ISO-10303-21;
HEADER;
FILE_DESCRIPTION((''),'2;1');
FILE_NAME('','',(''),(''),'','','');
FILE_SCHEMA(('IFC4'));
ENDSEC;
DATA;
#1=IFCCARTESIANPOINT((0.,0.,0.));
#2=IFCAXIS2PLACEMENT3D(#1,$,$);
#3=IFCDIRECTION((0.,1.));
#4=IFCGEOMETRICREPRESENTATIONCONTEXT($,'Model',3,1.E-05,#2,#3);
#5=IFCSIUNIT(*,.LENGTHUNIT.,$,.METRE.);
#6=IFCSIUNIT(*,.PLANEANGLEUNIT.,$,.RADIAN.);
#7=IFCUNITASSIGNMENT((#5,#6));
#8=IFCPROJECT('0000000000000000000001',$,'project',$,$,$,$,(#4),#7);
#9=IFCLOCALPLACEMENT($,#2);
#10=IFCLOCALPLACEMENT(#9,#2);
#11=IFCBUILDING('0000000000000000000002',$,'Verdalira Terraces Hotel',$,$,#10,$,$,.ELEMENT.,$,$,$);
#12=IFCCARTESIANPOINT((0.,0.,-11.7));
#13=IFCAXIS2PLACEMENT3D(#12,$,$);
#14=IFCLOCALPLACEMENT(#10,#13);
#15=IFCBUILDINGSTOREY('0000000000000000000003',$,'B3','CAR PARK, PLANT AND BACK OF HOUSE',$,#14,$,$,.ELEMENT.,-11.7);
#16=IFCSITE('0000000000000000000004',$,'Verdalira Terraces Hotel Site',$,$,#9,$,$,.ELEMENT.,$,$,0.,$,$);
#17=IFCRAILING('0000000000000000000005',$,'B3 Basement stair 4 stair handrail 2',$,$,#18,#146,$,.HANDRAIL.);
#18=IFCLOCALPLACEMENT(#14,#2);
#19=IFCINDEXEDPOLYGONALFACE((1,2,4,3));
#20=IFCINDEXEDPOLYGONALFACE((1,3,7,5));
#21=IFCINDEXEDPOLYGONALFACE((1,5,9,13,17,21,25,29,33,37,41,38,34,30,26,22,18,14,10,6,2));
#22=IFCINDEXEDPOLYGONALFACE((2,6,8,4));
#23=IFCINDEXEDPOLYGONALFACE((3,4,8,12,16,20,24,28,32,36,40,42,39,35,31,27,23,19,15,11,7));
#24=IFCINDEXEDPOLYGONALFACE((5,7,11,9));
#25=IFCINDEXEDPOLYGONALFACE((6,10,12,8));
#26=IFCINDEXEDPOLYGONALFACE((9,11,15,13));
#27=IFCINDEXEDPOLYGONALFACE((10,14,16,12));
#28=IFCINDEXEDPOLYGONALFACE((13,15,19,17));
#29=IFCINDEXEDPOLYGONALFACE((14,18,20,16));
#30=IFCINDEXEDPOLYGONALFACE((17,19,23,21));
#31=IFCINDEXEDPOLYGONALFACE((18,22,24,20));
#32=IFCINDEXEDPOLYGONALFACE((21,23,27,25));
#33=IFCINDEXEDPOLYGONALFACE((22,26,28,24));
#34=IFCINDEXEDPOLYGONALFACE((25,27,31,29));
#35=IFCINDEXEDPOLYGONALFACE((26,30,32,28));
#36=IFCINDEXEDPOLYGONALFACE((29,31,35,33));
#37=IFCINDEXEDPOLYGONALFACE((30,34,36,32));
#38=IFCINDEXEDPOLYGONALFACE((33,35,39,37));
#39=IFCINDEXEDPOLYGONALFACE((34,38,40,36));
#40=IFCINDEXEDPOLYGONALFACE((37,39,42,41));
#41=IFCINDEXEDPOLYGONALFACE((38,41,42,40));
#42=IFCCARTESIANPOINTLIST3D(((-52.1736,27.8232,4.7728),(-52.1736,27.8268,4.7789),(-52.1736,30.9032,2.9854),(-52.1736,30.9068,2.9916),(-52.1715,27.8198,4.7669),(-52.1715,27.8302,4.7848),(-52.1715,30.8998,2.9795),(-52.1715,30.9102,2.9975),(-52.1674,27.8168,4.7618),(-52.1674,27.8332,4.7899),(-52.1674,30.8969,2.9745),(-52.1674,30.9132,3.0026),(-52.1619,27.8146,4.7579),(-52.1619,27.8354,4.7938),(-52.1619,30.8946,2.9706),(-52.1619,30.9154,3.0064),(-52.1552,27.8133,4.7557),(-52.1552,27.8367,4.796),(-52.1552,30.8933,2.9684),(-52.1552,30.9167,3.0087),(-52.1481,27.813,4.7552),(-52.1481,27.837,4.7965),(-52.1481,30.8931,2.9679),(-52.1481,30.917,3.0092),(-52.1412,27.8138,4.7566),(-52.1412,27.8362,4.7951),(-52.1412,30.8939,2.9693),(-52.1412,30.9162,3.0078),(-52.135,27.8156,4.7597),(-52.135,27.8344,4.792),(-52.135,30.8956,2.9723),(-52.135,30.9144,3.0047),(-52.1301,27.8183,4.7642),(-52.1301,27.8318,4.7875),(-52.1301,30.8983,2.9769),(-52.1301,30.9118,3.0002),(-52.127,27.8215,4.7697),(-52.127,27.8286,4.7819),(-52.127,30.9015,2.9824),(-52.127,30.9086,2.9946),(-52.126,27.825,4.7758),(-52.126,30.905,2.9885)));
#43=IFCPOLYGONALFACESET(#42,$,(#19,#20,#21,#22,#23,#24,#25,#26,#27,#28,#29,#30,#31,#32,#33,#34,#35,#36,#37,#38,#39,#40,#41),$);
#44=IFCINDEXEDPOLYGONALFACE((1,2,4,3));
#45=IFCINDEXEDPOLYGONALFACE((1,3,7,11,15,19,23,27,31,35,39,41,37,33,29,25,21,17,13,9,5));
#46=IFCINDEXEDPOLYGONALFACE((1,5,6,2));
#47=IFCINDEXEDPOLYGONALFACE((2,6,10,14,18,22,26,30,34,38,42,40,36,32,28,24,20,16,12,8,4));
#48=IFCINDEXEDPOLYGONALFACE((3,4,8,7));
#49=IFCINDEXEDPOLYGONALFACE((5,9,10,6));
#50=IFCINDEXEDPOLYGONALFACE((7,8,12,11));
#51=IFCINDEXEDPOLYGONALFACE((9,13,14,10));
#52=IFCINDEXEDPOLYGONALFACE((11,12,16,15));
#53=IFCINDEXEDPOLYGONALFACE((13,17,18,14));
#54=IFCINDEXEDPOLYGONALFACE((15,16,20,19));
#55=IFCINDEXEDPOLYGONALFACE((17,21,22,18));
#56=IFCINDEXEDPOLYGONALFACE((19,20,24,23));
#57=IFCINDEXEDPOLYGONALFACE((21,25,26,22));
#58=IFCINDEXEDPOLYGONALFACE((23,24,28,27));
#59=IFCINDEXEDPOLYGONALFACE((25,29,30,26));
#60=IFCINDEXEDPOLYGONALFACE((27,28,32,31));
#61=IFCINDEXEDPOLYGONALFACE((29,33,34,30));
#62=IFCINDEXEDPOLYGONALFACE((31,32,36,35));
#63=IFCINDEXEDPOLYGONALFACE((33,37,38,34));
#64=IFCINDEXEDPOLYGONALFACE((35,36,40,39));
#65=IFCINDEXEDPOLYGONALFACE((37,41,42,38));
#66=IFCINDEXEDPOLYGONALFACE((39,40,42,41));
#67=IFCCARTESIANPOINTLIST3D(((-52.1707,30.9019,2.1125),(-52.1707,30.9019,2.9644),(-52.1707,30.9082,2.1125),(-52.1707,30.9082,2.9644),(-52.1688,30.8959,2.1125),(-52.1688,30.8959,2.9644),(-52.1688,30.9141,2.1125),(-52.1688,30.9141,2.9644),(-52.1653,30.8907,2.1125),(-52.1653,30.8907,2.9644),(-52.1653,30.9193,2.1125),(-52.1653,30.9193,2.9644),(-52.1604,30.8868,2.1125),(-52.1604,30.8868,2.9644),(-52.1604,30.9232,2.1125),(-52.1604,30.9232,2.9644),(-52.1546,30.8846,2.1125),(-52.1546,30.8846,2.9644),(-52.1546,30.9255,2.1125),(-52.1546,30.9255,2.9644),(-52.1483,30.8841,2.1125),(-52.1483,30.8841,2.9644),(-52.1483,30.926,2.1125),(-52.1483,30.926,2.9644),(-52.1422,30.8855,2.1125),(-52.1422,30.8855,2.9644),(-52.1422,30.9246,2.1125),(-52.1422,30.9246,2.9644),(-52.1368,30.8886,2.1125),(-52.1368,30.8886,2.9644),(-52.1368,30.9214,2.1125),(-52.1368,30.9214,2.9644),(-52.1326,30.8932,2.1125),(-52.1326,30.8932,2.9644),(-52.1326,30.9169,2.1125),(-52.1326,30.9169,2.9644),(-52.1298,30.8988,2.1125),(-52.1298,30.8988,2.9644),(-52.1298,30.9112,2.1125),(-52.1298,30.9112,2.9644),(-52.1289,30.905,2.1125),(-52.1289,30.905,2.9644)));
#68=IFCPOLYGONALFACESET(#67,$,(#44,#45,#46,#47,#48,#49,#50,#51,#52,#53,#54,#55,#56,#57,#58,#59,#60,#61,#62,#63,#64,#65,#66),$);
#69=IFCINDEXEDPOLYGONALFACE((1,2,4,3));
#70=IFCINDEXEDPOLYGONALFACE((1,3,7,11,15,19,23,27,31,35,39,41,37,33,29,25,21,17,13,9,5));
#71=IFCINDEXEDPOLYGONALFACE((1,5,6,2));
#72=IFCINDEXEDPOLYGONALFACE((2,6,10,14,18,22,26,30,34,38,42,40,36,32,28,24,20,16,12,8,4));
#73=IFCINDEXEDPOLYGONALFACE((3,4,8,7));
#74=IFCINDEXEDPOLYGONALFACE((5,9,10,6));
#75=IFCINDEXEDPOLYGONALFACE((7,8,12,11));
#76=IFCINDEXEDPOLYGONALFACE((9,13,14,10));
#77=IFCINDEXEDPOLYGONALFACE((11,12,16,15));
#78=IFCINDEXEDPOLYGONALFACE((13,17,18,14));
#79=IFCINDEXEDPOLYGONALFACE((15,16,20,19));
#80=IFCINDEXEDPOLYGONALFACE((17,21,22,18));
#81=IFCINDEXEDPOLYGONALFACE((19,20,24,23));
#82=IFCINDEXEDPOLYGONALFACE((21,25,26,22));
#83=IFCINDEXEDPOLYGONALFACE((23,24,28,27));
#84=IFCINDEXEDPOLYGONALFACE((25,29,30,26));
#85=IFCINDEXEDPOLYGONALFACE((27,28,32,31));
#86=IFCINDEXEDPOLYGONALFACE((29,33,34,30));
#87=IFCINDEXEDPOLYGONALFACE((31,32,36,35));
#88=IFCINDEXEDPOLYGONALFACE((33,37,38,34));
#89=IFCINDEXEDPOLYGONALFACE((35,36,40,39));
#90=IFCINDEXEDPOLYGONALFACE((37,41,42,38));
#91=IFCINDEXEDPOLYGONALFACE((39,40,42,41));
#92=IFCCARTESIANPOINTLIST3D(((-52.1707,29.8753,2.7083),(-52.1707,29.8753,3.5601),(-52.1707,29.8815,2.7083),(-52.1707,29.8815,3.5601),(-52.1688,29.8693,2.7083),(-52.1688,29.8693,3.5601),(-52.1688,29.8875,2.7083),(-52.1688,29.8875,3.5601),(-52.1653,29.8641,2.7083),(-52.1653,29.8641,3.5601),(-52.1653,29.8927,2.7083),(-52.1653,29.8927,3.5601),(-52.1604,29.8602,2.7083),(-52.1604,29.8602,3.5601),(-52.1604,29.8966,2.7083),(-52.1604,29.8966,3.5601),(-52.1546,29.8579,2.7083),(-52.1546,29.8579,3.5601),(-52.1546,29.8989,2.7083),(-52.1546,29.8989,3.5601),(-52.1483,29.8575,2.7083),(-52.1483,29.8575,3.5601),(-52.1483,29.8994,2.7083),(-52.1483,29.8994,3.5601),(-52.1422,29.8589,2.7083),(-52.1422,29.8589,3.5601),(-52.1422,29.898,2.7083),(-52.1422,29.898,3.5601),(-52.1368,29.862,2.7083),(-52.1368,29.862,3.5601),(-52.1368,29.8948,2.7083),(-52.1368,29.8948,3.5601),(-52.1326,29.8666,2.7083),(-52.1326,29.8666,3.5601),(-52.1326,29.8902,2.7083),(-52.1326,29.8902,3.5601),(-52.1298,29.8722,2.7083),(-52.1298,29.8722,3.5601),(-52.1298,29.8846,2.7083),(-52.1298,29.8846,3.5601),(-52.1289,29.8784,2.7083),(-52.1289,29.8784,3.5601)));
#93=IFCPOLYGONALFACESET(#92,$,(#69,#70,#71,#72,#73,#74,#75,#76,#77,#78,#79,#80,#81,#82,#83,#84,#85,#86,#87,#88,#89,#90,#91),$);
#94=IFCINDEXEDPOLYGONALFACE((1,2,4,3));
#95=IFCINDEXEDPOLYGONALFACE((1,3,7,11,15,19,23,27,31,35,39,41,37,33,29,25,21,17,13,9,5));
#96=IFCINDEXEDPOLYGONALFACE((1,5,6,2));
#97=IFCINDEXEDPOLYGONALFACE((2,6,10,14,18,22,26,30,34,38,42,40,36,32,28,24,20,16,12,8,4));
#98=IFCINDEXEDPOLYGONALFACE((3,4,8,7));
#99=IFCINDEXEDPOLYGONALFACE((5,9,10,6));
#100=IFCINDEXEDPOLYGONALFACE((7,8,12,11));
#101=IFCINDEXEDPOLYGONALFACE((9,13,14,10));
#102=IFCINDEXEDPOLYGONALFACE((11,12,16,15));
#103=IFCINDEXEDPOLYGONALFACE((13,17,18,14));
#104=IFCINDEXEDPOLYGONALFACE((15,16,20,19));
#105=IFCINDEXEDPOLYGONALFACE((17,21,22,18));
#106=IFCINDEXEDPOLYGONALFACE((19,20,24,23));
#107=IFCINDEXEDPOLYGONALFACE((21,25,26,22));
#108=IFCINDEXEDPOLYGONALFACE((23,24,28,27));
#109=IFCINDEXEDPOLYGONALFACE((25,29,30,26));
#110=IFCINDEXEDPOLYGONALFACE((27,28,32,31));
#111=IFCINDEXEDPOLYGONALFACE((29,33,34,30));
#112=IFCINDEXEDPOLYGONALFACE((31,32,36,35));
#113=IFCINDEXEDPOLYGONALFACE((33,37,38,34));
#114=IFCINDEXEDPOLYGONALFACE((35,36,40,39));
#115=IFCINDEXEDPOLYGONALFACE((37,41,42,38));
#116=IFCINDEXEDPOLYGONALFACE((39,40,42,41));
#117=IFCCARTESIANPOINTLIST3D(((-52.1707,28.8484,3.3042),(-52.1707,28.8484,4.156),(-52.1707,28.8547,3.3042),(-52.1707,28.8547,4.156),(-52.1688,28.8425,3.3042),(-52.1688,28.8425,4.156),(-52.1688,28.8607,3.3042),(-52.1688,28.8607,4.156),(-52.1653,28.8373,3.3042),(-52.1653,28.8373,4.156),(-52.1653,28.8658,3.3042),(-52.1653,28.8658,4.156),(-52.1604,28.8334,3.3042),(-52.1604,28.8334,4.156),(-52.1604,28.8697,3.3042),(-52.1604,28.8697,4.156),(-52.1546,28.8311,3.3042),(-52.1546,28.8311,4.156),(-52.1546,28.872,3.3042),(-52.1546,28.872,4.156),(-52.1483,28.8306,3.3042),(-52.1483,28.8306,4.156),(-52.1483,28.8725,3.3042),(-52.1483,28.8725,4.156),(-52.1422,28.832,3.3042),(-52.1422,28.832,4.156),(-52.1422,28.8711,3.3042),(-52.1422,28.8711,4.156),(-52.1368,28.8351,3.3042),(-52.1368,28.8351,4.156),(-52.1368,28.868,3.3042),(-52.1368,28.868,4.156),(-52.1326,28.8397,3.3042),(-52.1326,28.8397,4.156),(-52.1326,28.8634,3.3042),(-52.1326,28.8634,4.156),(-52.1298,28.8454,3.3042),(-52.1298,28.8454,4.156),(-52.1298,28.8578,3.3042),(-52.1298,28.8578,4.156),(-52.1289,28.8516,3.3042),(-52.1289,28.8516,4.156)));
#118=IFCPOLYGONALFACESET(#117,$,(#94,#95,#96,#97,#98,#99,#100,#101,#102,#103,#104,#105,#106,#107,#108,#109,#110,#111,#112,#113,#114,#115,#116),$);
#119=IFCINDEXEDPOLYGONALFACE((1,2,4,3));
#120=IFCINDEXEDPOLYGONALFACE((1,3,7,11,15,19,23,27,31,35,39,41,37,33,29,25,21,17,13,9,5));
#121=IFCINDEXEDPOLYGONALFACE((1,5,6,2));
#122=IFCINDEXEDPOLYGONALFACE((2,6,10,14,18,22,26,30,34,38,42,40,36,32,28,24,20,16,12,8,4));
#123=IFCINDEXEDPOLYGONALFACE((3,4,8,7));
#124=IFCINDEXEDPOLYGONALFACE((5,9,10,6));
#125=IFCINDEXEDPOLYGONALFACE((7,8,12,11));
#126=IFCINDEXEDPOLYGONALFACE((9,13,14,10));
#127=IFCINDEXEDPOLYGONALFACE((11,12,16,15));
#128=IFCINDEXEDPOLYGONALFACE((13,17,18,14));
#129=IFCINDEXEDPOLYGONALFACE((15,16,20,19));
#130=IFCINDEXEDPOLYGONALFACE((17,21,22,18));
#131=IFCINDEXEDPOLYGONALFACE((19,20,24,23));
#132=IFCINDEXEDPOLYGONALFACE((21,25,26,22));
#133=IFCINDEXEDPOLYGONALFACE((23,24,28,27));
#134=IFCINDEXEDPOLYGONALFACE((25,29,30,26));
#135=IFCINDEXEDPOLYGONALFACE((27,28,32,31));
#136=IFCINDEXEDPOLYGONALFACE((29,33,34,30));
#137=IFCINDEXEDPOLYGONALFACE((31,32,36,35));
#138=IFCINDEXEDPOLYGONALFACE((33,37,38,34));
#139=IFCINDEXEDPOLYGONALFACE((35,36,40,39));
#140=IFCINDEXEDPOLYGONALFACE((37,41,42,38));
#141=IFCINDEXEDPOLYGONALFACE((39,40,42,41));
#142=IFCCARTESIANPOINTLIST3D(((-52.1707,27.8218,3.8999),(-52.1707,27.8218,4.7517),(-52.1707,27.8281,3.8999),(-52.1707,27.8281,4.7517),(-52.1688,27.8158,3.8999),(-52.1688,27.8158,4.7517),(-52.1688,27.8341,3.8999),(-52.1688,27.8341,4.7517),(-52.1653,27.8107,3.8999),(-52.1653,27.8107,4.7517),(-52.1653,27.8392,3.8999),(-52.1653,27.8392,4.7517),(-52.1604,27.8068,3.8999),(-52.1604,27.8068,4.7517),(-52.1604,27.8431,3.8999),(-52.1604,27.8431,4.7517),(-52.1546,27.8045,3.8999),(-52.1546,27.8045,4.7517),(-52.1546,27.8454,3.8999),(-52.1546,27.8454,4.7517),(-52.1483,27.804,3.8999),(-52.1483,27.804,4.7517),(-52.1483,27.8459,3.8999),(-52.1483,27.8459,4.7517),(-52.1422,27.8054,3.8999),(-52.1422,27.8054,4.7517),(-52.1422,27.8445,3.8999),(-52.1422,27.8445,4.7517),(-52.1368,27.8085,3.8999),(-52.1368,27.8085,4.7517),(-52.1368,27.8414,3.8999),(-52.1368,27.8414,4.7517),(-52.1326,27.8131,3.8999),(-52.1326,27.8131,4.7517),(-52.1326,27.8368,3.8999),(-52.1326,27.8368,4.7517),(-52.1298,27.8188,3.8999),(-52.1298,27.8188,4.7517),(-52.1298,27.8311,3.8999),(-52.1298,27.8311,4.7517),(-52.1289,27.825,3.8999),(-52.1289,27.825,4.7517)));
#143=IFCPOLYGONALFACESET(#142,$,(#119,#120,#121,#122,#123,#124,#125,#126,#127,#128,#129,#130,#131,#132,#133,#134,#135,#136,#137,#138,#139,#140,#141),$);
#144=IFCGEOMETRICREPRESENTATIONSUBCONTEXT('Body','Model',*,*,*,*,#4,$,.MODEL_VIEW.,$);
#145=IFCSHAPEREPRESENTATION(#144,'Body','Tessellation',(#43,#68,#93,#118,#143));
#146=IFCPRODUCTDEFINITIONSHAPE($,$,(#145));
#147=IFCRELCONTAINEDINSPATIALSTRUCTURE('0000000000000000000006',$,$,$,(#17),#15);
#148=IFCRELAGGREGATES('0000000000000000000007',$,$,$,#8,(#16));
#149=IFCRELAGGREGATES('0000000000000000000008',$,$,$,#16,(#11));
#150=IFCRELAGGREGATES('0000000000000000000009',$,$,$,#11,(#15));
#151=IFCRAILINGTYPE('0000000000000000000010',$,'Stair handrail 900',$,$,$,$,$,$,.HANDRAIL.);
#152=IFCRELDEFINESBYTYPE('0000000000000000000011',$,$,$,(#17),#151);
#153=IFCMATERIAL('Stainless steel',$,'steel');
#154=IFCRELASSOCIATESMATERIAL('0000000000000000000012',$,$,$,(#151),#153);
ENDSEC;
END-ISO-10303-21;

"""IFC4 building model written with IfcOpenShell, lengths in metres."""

from ifc_helpers import new_model, si_unit, direction, frame, origin, origin_2d, place, context, subcontext, project, spatial, circle, extrude, material, type_object, element, save


model = new_model("IFC4")

# Units and contexts
model_context = context("Model", 3, precision=1e-05, world=origin(), true_north=direction((0.0, 1.0)))
body_context = subcontext(model_context, "Body", "Model", "MODEL_VIEW")
ifc_project = project(units=[si_unit("LENGTHUNIT", "METRE"), si_unit("PLANEANGLEUNIT", "RADIAN")], contexts=[model_context])

# Site, building, storey
site_placement = place(None, origin())
site = spatial("IfcSite", under=ifc_project, at=site_placement, Name="Verdalira Terraces Hotel Site", CompositionType="ELEMENT", RefElevation=0.0)
building_placement = place(site_placement, origin())
building = spatial("IfcBuilding", under=site, at=building_placement, Name="Verdalira Terraces Hotel", CompositionType="ELEMENT")
storey_placement = place(building_placement, frame((0.0, 0.0, -11.7)))
storey = spatial("IfcBuildingStorey", under=building, at=storey_placement, Name="B3", Description="CAR PARK, PLANT AND BACK OF HOUSE", CompositionType="ELEMENT", Elevation=-11.7)

# Railing
ifc_material_1 = material(Name="Stainless steel", Category="steel")
railing_type_1 = type_object("IfcRailingType", Name="Stair handrail 900", PredefinedType="HANDRAIL", material=ifc_material_1)
railing_1_placement = place(storey_placement, frame((-52.1499, 30.905, 2.1125)))
element("IfcRailing", 1, at=railing_1_placement, inside=storey, type_object=railing_type_1, Name="B3 Basement stair 4 stair handrail 2", PredefinedType="HANDRAIL", context=body_context, shape_type="SweptSolid", body=[
    extrude(circle(Radius=0.0239, at=origin_2d()), frame((0.0, 0.0, 0.876), z_axis=(0.0, -0.86492, 0.501909), x_axis=(1.0, 0.0, 0.0)), (0.0, 0.0, 1.0), 3.561),
    extrude(circle(Radius=0.021, at=origin_2d()), origin(), (0.0, 0.0, 1.0), 0.8518),
    extrude(circle(Radius=0.021, at=origin_2d()), frame((0.0, -1.0266, 0.5957)), (0.0, 0.0, 1.0), 0.8518),
    extrude(circle(Radius=0.021, at=origin_2d()), frame((0.0, -2.0535, 1.1917)), (0.0, 0.0, 1.0), 0.8518),
    extrude(circle(Radius=0.021, at=origin_2d()), frame((0.0, -3.0801, 1.7874)), (0.0, 0.0, 1.0), 0.8518),
])

save(model, "model.ifc")
